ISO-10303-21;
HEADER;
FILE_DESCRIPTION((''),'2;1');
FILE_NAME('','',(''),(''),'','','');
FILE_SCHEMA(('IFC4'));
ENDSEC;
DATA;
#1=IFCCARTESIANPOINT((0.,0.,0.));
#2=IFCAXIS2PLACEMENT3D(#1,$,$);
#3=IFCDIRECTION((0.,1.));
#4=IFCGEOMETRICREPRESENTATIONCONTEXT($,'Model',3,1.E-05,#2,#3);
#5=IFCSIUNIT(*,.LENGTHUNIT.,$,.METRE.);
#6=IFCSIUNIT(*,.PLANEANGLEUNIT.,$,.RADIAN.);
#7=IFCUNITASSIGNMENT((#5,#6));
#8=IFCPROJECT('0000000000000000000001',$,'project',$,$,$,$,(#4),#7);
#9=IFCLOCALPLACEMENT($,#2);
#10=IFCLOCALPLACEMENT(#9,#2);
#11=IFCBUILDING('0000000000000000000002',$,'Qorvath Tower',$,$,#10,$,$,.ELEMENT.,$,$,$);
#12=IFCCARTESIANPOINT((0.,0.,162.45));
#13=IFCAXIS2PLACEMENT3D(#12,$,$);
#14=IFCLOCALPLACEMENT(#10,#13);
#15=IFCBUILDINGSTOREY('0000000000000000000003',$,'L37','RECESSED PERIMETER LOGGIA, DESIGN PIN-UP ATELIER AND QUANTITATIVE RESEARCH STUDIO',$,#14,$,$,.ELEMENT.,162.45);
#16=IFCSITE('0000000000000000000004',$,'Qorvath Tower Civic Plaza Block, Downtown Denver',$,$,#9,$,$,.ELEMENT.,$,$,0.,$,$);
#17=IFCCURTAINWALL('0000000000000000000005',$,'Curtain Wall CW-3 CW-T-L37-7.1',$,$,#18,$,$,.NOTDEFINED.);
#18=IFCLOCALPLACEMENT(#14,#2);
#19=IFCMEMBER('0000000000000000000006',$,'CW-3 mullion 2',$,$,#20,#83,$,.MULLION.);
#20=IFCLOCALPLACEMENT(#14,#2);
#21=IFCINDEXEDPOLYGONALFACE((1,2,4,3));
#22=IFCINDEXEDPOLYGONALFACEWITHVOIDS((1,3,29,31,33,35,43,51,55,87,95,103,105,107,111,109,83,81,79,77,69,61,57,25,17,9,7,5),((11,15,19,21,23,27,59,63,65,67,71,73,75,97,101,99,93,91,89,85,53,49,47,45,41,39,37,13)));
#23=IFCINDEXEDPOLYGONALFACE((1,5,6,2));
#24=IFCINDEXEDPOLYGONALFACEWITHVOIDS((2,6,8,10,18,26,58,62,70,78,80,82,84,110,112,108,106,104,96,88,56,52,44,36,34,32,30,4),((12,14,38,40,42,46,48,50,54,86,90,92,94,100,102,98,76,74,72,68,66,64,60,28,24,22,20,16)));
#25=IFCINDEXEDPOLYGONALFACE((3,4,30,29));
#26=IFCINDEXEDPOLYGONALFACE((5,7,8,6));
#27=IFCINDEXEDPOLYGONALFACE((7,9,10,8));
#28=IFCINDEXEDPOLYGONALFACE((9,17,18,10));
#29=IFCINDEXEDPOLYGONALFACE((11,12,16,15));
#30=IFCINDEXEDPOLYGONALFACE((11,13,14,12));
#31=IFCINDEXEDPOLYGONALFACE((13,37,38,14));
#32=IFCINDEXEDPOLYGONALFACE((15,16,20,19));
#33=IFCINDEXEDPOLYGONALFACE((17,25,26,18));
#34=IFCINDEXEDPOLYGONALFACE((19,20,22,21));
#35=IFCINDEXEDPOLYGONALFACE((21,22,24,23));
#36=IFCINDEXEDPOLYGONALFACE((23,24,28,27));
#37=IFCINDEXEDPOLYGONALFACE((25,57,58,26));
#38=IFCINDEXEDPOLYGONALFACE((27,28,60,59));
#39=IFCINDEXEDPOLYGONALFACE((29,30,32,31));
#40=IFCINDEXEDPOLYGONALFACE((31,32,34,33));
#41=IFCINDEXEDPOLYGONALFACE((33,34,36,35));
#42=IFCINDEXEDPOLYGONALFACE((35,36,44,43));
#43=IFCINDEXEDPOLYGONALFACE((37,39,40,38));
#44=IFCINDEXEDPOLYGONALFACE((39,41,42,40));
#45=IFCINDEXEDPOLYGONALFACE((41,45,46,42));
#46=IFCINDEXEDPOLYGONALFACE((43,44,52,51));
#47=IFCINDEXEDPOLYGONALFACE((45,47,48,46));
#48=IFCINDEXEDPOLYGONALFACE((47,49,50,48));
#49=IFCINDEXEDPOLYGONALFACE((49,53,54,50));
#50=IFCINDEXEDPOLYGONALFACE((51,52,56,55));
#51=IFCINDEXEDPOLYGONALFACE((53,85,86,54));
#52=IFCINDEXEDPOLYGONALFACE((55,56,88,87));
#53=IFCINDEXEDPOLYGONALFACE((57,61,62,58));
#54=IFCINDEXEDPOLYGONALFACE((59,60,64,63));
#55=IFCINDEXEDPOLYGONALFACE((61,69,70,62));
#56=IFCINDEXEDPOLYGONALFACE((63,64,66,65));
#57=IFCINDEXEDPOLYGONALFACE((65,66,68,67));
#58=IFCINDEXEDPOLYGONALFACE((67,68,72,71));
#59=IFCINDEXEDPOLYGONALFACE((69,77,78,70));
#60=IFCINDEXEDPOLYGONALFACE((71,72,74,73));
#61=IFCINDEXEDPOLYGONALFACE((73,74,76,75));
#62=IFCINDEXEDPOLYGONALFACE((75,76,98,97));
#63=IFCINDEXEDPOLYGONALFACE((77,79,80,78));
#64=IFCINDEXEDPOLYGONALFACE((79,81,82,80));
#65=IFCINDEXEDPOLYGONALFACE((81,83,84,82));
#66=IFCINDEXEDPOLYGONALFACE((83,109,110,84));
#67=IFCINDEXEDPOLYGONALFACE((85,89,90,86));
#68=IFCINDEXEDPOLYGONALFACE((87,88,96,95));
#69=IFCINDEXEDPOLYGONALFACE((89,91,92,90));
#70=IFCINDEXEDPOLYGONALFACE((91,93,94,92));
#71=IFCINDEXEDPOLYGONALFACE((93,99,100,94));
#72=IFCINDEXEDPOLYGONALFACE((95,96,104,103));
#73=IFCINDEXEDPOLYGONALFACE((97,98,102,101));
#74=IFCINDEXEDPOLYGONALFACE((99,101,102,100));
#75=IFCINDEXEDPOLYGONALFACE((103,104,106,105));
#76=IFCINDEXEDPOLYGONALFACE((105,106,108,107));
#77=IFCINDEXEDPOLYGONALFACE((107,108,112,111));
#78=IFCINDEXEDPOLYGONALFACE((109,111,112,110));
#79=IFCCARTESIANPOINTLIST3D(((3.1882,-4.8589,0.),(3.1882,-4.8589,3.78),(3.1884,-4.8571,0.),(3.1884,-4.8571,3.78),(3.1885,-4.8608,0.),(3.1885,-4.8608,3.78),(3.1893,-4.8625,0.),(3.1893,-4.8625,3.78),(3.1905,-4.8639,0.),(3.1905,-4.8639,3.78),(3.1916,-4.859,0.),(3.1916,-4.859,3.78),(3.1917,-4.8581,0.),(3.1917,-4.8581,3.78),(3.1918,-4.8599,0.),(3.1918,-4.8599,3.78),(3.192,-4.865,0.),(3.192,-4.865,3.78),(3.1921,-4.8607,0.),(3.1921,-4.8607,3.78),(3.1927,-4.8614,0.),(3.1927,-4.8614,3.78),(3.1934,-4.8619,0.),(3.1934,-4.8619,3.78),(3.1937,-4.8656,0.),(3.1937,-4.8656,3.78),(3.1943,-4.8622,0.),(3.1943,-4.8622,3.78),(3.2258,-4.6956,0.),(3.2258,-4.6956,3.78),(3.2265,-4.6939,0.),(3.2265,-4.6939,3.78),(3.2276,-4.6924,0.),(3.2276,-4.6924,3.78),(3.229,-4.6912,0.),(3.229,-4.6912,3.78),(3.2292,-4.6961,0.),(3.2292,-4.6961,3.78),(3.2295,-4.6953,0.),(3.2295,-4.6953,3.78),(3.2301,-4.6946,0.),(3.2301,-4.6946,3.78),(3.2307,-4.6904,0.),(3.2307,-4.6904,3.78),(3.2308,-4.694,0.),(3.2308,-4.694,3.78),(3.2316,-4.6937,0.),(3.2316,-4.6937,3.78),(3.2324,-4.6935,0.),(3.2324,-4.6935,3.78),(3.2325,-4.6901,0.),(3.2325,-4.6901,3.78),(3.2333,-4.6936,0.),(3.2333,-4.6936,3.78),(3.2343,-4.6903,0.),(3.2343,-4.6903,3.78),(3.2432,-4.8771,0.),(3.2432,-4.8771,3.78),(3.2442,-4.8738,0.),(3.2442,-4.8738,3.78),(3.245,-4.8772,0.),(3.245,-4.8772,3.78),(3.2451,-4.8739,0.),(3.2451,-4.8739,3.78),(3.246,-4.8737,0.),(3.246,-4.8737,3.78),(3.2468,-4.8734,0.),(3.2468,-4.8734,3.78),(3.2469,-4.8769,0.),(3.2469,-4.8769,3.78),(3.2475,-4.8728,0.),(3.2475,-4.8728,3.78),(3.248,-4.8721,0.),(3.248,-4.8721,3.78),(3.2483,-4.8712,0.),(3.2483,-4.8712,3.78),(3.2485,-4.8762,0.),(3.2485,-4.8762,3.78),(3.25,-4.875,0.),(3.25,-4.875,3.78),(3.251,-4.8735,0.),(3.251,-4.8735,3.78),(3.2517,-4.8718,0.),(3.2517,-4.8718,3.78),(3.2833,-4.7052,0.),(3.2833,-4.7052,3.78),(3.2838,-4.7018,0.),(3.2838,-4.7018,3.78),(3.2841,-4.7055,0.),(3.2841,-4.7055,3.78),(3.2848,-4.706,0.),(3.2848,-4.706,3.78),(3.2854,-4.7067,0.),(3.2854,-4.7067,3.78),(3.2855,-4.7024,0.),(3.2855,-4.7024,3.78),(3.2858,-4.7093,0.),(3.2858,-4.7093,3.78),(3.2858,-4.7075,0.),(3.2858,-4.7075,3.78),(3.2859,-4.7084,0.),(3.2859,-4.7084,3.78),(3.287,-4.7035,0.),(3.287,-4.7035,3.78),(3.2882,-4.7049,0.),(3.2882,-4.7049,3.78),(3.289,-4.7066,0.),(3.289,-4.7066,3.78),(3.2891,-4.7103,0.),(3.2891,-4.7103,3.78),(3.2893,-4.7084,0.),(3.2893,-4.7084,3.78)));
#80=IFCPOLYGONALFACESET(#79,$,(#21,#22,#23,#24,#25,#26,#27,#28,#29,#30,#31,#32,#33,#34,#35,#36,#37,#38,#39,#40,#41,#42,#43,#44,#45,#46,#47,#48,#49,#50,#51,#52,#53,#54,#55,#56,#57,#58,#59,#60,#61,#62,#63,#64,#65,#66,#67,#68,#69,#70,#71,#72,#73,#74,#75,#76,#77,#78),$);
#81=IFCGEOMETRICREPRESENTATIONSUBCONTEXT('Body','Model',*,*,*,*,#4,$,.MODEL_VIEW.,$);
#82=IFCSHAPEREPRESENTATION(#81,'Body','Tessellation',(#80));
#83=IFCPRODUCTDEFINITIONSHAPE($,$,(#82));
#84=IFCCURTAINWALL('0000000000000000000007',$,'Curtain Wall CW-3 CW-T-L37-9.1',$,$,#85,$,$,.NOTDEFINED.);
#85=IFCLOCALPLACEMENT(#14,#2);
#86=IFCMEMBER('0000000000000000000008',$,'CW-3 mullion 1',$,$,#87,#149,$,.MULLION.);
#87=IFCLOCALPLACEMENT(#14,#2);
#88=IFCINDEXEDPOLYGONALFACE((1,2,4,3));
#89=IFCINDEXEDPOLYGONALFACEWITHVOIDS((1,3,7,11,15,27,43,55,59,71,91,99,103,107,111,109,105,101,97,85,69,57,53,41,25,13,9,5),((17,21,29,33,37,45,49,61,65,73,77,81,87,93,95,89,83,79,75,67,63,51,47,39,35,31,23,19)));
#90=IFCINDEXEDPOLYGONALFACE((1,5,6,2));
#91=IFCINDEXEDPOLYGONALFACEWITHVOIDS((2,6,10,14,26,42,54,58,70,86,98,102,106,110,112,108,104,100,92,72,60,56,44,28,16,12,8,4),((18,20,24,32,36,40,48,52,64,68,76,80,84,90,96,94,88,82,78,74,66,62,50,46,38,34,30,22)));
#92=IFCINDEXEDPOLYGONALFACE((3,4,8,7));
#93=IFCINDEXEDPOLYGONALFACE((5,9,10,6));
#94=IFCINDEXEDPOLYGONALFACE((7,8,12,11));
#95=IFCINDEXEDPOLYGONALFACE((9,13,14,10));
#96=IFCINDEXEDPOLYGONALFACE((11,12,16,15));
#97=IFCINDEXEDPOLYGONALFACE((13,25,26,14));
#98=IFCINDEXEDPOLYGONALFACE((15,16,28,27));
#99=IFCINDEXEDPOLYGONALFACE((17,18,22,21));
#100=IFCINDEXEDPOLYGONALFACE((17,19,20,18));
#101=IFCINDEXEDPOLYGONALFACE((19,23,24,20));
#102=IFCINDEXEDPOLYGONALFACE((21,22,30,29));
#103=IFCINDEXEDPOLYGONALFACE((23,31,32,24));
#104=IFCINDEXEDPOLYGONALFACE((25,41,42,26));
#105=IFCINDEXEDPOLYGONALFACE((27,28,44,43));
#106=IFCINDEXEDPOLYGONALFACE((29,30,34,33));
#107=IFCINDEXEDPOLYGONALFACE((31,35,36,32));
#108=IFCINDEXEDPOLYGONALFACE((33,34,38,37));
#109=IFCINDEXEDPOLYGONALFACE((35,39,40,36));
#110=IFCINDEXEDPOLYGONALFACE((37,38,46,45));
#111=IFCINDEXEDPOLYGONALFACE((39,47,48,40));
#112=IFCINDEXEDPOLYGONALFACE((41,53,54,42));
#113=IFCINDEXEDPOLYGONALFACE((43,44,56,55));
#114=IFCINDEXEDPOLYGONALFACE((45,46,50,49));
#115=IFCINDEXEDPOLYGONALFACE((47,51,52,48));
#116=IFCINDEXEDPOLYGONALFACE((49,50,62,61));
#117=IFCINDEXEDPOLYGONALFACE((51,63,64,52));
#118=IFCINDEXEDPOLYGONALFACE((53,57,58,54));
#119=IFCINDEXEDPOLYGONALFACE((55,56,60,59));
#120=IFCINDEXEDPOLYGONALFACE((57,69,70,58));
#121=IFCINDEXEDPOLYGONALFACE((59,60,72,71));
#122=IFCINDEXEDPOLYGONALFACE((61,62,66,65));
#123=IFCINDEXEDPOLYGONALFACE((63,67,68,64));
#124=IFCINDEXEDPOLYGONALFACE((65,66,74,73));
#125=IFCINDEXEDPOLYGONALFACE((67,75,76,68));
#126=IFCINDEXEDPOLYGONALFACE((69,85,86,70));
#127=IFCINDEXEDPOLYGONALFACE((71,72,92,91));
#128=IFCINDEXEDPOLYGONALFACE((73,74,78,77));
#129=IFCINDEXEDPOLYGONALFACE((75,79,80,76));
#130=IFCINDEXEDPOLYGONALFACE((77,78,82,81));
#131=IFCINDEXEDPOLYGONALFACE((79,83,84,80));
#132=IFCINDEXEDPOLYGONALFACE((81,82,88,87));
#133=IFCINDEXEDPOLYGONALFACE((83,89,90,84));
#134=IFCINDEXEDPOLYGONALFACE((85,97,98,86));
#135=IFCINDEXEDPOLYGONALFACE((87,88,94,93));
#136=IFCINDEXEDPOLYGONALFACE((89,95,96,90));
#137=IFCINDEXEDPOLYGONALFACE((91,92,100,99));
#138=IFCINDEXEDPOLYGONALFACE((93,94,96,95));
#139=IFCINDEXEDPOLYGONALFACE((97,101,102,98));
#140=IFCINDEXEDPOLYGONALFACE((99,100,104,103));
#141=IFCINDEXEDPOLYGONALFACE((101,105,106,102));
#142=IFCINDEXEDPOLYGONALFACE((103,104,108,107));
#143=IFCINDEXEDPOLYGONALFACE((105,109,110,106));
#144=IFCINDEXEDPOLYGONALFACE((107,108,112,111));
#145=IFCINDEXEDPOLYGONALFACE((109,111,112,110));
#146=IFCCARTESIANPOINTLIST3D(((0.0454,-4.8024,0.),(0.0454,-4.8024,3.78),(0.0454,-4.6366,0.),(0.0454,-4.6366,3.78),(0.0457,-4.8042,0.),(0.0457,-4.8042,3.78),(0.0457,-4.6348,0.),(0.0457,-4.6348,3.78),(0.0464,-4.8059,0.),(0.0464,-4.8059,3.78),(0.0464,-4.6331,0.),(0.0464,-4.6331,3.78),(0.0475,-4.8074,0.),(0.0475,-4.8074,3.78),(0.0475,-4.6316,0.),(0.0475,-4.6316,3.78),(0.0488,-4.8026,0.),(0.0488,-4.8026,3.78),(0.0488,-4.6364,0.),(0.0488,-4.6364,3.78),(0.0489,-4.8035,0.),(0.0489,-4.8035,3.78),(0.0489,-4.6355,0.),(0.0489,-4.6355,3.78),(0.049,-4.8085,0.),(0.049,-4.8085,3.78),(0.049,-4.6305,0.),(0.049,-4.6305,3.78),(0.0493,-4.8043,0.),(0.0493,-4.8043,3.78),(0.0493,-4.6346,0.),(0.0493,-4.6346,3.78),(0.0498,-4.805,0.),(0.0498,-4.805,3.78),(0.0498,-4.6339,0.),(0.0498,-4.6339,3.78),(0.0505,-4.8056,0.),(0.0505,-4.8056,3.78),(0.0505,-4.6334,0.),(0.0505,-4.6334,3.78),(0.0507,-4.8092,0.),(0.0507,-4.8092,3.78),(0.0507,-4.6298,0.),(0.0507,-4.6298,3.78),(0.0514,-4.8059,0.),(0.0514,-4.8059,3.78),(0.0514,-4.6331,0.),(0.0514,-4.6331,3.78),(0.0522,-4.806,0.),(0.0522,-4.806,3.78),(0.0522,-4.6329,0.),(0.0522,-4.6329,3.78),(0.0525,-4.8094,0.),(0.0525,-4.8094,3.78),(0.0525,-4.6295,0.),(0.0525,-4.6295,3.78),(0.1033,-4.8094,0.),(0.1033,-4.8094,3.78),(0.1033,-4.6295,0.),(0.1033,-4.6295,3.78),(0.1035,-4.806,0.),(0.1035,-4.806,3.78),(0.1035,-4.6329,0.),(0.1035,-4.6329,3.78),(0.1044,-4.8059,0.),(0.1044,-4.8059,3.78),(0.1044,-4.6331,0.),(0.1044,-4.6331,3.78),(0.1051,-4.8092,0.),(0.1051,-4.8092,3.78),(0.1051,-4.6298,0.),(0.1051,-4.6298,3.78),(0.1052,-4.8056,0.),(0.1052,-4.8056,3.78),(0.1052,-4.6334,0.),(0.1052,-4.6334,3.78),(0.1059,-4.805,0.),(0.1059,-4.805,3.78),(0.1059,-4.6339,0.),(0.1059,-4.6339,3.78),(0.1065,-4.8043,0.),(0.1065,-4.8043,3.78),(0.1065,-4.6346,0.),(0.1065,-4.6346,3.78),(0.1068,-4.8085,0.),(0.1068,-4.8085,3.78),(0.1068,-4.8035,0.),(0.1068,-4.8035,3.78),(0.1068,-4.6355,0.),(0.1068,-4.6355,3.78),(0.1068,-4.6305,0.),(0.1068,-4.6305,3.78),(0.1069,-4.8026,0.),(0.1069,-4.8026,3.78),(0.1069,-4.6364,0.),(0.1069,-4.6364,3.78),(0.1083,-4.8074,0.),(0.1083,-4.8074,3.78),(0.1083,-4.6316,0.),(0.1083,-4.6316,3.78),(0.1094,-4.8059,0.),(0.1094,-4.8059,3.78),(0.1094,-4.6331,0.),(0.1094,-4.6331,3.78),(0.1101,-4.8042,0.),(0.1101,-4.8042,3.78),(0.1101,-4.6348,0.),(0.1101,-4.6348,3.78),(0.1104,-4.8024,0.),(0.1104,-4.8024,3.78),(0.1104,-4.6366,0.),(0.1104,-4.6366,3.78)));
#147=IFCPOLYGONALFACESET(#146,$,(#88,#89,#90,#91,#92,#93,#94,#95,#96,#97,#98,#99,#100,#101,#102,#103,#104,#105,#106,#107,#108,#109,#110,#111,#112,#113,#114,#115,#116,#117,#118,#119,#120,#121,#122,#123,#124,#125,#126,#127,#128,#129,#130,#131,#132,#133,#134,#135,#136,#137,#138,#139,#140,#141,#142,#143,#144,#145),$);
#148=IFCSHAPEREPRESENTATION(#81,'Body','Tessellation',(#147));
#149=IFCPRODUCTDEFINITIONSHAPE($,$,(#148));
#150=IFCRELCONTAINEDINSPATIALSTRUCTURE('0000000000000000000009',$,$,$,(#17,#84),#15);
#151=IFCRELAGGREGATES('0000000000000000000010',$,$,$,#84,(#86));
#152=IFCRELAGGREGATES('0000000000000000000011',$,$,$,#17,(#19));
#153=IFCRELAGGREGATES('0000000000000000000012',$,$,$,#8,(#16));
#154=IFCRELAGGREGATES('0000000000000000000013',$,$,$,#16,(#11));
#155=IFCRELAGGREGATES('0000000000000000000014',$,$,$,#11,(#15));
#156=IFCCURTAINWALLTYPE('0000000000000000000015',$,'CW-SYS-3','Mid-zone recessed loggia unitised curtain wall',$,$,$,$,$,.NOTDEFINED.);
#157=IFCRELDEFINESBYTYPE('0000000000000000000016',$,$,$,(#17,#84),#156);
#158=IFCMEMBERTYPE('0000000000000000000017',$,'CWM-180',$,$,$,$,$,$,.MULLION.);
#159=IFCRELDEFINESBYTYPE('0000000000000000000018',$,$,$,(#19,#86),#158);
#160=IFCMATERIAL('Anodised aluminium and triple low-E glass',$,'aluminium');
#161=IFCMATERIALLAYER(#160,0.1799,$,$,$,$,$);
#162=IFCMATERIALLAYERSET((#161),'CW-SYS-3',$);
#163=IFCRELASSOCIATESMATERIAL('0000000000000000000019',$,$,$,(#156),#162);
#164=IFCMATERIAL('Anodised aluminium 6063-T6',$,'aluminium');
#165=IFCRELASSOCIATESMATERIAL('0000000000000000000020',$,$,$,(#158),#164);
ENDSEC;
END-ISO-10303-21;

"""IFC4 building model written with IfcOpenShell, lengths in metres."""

from ifc_helpers import new_model, si_unit, direction, frame, origin, origin_2d, place, context, subcontext, project, spatial, hollow_rectangle, extrude, material, layer, layer_set, material_profile, profile_set, type_object, element, aggregate, save


model = new_model("IFC4")

# Units and contexts
model_context = context("Model", 3, precision=1e-05, world=origin(), true_north=direction((0.0, 1.0)))
body_context = subcontext(model_context, "Body", "Model", "MODEL_VIEW")
ifc_project = project(units=[si_unit("LENGTHUNIT", "METRE"), si_unit("PLANEANGLEUNIT", "RADIAN")], contexts=[model_context])

# Site, building, storey
site_placement = place(None, origin())
site = spatial("IfcSite", under=ifc_project, at=site_placement, Name="Qorvath Tower Civic Plaza Block, Downtown Denver", CompositionType="ELEMENT", RefElevation=0.0)
building_placement = place(site_placement, origin())
building = spatial("IfcBuilding", under=site, at=building_placement, Name="Qorvath Tower", CompositionType="ELEMENT")
storey_placement = place(building_placement, frame((0.0, 0.0, 162.45)))
storey = spatial("IfcBuildingStorey", under=building, at=storey_placement, Name="L37", Description="RECESSED PERIMETER LOGGIA, DESIGN PIN-UP ATELIER AND QUANTITATIVE RESEARCH STUDIO", CompositionType="ELEMENT", Elevation=162.45)

# Shared definitions
ifc_material_1 = material(Name="Anodised aluminium and triple low-E glass", Category="aluminium")
ifc_layer_1 = layer(ifc_material_1, 0.1799)
ifc_layer_set_1 = layer_set([ifc_layer_1], Name="CW-SYS-3")
curtain_wall_type = type_object("IfcCurtainWallType", Name="CW-SYS-3", Description="Mid-zone recessed loggia unitised curtain wall", PredefinedType="NOTDEFINED", material=ifc_layer_set_1)
ifc_material_2 = material(Name="Anodised aluminium 6063-T6", Category="aluminium")
ifc_material_profile_1 = material_profile(ifc_material_2, hollow_rectangle(XDim=0.0649, YDim=0.1799, WallThickness=0.0034, InnerFilletRadius=0.0034, OuterFilletRadius=0.0071, at=origin_2d()), Name="CWM 180x65")
ifc_profile_set_1 = profile_set([ifc_material_profile_1], Name="Anodised aluminium 6063-T6")
member_type_1 = type_object("IfcMemberType", Name="CWM-180", PredefinedType="MULLION", material=ifc_profile_set_1)

# Curtain wall, member
curtain_wall_1_placement = place(storey_placement, origin())
curtain_wall_1 = element("IfcCurtainWall", 1, at=curtain_wall_1_placement, inside=storey, type_object=curtain_wall_type, Name="Curtain Wall CW-3 CW-T-L37-7.1", PredefinedType="NOTDEFINED")
member_1_placement = place(storey_placement, frame((3.2388, -4.7837, 0.0), z_axis=(0.0, 0.0, 1.0), x_axis=(-0.974183, 0.225759, 0.0)))
member_1 = element("IfcMember", 2, at=member_1_placement, type_object=member_type_1, Name="CW-3 mullion 2", PredefinedType="MULLION", context=body_context, shape_type="SweptSolid", body=[
    extrude(hollow_rectangle(XDim=0.0649, YDim=0.1799, WallThickness=0.0034, InnerFilletRadius=0.0034, OuterFilletRadius=0.0071, at=origin_2d()), origin(), (0.0, 0.0, 1.0), 3.78),
])

# Curtain wall, member
curtain_wall_2_placement = place(storey_placement, origin())
curtain_wall_2 = element("IfcCurtainWall", 3, at=curtain_wall_2_placement, inside=storey, type_object=curtain_wall_type, Name="Curtain Wall CW-3 CW-T-L37-9.1", PredefinedType="NOTDEFINED")
member_2_placement = place(storey_placement, frame((0.0779, -4.7195, 0.0), z_axis=(0.0, 0.0, 1.0), x_axis=(-1.0, 0.0, 0.0)))
member_2 = element("IfcMember", 4, at=member_2_placement, type_object=member_type_1, Name="CW-3 mullion 1", PredefinedType="MULLION", context=body_context, shape_type="SweptSolid", body=[
    extrude(hollow_rectangle(XDim=0.0649, YDim=0.1799, WallThickness=0.0034, InnerFilletRadius=0.0034, OuterFilletRadius=0.0071, at=origin_2d()), origin(), (0.0, 0.0, 1.0), 3.78),
])

aggregate(curtain_wall_2, [member_2])

aggregate(curtain_wall_1, [member_1])

save(model, "model.ifc")
